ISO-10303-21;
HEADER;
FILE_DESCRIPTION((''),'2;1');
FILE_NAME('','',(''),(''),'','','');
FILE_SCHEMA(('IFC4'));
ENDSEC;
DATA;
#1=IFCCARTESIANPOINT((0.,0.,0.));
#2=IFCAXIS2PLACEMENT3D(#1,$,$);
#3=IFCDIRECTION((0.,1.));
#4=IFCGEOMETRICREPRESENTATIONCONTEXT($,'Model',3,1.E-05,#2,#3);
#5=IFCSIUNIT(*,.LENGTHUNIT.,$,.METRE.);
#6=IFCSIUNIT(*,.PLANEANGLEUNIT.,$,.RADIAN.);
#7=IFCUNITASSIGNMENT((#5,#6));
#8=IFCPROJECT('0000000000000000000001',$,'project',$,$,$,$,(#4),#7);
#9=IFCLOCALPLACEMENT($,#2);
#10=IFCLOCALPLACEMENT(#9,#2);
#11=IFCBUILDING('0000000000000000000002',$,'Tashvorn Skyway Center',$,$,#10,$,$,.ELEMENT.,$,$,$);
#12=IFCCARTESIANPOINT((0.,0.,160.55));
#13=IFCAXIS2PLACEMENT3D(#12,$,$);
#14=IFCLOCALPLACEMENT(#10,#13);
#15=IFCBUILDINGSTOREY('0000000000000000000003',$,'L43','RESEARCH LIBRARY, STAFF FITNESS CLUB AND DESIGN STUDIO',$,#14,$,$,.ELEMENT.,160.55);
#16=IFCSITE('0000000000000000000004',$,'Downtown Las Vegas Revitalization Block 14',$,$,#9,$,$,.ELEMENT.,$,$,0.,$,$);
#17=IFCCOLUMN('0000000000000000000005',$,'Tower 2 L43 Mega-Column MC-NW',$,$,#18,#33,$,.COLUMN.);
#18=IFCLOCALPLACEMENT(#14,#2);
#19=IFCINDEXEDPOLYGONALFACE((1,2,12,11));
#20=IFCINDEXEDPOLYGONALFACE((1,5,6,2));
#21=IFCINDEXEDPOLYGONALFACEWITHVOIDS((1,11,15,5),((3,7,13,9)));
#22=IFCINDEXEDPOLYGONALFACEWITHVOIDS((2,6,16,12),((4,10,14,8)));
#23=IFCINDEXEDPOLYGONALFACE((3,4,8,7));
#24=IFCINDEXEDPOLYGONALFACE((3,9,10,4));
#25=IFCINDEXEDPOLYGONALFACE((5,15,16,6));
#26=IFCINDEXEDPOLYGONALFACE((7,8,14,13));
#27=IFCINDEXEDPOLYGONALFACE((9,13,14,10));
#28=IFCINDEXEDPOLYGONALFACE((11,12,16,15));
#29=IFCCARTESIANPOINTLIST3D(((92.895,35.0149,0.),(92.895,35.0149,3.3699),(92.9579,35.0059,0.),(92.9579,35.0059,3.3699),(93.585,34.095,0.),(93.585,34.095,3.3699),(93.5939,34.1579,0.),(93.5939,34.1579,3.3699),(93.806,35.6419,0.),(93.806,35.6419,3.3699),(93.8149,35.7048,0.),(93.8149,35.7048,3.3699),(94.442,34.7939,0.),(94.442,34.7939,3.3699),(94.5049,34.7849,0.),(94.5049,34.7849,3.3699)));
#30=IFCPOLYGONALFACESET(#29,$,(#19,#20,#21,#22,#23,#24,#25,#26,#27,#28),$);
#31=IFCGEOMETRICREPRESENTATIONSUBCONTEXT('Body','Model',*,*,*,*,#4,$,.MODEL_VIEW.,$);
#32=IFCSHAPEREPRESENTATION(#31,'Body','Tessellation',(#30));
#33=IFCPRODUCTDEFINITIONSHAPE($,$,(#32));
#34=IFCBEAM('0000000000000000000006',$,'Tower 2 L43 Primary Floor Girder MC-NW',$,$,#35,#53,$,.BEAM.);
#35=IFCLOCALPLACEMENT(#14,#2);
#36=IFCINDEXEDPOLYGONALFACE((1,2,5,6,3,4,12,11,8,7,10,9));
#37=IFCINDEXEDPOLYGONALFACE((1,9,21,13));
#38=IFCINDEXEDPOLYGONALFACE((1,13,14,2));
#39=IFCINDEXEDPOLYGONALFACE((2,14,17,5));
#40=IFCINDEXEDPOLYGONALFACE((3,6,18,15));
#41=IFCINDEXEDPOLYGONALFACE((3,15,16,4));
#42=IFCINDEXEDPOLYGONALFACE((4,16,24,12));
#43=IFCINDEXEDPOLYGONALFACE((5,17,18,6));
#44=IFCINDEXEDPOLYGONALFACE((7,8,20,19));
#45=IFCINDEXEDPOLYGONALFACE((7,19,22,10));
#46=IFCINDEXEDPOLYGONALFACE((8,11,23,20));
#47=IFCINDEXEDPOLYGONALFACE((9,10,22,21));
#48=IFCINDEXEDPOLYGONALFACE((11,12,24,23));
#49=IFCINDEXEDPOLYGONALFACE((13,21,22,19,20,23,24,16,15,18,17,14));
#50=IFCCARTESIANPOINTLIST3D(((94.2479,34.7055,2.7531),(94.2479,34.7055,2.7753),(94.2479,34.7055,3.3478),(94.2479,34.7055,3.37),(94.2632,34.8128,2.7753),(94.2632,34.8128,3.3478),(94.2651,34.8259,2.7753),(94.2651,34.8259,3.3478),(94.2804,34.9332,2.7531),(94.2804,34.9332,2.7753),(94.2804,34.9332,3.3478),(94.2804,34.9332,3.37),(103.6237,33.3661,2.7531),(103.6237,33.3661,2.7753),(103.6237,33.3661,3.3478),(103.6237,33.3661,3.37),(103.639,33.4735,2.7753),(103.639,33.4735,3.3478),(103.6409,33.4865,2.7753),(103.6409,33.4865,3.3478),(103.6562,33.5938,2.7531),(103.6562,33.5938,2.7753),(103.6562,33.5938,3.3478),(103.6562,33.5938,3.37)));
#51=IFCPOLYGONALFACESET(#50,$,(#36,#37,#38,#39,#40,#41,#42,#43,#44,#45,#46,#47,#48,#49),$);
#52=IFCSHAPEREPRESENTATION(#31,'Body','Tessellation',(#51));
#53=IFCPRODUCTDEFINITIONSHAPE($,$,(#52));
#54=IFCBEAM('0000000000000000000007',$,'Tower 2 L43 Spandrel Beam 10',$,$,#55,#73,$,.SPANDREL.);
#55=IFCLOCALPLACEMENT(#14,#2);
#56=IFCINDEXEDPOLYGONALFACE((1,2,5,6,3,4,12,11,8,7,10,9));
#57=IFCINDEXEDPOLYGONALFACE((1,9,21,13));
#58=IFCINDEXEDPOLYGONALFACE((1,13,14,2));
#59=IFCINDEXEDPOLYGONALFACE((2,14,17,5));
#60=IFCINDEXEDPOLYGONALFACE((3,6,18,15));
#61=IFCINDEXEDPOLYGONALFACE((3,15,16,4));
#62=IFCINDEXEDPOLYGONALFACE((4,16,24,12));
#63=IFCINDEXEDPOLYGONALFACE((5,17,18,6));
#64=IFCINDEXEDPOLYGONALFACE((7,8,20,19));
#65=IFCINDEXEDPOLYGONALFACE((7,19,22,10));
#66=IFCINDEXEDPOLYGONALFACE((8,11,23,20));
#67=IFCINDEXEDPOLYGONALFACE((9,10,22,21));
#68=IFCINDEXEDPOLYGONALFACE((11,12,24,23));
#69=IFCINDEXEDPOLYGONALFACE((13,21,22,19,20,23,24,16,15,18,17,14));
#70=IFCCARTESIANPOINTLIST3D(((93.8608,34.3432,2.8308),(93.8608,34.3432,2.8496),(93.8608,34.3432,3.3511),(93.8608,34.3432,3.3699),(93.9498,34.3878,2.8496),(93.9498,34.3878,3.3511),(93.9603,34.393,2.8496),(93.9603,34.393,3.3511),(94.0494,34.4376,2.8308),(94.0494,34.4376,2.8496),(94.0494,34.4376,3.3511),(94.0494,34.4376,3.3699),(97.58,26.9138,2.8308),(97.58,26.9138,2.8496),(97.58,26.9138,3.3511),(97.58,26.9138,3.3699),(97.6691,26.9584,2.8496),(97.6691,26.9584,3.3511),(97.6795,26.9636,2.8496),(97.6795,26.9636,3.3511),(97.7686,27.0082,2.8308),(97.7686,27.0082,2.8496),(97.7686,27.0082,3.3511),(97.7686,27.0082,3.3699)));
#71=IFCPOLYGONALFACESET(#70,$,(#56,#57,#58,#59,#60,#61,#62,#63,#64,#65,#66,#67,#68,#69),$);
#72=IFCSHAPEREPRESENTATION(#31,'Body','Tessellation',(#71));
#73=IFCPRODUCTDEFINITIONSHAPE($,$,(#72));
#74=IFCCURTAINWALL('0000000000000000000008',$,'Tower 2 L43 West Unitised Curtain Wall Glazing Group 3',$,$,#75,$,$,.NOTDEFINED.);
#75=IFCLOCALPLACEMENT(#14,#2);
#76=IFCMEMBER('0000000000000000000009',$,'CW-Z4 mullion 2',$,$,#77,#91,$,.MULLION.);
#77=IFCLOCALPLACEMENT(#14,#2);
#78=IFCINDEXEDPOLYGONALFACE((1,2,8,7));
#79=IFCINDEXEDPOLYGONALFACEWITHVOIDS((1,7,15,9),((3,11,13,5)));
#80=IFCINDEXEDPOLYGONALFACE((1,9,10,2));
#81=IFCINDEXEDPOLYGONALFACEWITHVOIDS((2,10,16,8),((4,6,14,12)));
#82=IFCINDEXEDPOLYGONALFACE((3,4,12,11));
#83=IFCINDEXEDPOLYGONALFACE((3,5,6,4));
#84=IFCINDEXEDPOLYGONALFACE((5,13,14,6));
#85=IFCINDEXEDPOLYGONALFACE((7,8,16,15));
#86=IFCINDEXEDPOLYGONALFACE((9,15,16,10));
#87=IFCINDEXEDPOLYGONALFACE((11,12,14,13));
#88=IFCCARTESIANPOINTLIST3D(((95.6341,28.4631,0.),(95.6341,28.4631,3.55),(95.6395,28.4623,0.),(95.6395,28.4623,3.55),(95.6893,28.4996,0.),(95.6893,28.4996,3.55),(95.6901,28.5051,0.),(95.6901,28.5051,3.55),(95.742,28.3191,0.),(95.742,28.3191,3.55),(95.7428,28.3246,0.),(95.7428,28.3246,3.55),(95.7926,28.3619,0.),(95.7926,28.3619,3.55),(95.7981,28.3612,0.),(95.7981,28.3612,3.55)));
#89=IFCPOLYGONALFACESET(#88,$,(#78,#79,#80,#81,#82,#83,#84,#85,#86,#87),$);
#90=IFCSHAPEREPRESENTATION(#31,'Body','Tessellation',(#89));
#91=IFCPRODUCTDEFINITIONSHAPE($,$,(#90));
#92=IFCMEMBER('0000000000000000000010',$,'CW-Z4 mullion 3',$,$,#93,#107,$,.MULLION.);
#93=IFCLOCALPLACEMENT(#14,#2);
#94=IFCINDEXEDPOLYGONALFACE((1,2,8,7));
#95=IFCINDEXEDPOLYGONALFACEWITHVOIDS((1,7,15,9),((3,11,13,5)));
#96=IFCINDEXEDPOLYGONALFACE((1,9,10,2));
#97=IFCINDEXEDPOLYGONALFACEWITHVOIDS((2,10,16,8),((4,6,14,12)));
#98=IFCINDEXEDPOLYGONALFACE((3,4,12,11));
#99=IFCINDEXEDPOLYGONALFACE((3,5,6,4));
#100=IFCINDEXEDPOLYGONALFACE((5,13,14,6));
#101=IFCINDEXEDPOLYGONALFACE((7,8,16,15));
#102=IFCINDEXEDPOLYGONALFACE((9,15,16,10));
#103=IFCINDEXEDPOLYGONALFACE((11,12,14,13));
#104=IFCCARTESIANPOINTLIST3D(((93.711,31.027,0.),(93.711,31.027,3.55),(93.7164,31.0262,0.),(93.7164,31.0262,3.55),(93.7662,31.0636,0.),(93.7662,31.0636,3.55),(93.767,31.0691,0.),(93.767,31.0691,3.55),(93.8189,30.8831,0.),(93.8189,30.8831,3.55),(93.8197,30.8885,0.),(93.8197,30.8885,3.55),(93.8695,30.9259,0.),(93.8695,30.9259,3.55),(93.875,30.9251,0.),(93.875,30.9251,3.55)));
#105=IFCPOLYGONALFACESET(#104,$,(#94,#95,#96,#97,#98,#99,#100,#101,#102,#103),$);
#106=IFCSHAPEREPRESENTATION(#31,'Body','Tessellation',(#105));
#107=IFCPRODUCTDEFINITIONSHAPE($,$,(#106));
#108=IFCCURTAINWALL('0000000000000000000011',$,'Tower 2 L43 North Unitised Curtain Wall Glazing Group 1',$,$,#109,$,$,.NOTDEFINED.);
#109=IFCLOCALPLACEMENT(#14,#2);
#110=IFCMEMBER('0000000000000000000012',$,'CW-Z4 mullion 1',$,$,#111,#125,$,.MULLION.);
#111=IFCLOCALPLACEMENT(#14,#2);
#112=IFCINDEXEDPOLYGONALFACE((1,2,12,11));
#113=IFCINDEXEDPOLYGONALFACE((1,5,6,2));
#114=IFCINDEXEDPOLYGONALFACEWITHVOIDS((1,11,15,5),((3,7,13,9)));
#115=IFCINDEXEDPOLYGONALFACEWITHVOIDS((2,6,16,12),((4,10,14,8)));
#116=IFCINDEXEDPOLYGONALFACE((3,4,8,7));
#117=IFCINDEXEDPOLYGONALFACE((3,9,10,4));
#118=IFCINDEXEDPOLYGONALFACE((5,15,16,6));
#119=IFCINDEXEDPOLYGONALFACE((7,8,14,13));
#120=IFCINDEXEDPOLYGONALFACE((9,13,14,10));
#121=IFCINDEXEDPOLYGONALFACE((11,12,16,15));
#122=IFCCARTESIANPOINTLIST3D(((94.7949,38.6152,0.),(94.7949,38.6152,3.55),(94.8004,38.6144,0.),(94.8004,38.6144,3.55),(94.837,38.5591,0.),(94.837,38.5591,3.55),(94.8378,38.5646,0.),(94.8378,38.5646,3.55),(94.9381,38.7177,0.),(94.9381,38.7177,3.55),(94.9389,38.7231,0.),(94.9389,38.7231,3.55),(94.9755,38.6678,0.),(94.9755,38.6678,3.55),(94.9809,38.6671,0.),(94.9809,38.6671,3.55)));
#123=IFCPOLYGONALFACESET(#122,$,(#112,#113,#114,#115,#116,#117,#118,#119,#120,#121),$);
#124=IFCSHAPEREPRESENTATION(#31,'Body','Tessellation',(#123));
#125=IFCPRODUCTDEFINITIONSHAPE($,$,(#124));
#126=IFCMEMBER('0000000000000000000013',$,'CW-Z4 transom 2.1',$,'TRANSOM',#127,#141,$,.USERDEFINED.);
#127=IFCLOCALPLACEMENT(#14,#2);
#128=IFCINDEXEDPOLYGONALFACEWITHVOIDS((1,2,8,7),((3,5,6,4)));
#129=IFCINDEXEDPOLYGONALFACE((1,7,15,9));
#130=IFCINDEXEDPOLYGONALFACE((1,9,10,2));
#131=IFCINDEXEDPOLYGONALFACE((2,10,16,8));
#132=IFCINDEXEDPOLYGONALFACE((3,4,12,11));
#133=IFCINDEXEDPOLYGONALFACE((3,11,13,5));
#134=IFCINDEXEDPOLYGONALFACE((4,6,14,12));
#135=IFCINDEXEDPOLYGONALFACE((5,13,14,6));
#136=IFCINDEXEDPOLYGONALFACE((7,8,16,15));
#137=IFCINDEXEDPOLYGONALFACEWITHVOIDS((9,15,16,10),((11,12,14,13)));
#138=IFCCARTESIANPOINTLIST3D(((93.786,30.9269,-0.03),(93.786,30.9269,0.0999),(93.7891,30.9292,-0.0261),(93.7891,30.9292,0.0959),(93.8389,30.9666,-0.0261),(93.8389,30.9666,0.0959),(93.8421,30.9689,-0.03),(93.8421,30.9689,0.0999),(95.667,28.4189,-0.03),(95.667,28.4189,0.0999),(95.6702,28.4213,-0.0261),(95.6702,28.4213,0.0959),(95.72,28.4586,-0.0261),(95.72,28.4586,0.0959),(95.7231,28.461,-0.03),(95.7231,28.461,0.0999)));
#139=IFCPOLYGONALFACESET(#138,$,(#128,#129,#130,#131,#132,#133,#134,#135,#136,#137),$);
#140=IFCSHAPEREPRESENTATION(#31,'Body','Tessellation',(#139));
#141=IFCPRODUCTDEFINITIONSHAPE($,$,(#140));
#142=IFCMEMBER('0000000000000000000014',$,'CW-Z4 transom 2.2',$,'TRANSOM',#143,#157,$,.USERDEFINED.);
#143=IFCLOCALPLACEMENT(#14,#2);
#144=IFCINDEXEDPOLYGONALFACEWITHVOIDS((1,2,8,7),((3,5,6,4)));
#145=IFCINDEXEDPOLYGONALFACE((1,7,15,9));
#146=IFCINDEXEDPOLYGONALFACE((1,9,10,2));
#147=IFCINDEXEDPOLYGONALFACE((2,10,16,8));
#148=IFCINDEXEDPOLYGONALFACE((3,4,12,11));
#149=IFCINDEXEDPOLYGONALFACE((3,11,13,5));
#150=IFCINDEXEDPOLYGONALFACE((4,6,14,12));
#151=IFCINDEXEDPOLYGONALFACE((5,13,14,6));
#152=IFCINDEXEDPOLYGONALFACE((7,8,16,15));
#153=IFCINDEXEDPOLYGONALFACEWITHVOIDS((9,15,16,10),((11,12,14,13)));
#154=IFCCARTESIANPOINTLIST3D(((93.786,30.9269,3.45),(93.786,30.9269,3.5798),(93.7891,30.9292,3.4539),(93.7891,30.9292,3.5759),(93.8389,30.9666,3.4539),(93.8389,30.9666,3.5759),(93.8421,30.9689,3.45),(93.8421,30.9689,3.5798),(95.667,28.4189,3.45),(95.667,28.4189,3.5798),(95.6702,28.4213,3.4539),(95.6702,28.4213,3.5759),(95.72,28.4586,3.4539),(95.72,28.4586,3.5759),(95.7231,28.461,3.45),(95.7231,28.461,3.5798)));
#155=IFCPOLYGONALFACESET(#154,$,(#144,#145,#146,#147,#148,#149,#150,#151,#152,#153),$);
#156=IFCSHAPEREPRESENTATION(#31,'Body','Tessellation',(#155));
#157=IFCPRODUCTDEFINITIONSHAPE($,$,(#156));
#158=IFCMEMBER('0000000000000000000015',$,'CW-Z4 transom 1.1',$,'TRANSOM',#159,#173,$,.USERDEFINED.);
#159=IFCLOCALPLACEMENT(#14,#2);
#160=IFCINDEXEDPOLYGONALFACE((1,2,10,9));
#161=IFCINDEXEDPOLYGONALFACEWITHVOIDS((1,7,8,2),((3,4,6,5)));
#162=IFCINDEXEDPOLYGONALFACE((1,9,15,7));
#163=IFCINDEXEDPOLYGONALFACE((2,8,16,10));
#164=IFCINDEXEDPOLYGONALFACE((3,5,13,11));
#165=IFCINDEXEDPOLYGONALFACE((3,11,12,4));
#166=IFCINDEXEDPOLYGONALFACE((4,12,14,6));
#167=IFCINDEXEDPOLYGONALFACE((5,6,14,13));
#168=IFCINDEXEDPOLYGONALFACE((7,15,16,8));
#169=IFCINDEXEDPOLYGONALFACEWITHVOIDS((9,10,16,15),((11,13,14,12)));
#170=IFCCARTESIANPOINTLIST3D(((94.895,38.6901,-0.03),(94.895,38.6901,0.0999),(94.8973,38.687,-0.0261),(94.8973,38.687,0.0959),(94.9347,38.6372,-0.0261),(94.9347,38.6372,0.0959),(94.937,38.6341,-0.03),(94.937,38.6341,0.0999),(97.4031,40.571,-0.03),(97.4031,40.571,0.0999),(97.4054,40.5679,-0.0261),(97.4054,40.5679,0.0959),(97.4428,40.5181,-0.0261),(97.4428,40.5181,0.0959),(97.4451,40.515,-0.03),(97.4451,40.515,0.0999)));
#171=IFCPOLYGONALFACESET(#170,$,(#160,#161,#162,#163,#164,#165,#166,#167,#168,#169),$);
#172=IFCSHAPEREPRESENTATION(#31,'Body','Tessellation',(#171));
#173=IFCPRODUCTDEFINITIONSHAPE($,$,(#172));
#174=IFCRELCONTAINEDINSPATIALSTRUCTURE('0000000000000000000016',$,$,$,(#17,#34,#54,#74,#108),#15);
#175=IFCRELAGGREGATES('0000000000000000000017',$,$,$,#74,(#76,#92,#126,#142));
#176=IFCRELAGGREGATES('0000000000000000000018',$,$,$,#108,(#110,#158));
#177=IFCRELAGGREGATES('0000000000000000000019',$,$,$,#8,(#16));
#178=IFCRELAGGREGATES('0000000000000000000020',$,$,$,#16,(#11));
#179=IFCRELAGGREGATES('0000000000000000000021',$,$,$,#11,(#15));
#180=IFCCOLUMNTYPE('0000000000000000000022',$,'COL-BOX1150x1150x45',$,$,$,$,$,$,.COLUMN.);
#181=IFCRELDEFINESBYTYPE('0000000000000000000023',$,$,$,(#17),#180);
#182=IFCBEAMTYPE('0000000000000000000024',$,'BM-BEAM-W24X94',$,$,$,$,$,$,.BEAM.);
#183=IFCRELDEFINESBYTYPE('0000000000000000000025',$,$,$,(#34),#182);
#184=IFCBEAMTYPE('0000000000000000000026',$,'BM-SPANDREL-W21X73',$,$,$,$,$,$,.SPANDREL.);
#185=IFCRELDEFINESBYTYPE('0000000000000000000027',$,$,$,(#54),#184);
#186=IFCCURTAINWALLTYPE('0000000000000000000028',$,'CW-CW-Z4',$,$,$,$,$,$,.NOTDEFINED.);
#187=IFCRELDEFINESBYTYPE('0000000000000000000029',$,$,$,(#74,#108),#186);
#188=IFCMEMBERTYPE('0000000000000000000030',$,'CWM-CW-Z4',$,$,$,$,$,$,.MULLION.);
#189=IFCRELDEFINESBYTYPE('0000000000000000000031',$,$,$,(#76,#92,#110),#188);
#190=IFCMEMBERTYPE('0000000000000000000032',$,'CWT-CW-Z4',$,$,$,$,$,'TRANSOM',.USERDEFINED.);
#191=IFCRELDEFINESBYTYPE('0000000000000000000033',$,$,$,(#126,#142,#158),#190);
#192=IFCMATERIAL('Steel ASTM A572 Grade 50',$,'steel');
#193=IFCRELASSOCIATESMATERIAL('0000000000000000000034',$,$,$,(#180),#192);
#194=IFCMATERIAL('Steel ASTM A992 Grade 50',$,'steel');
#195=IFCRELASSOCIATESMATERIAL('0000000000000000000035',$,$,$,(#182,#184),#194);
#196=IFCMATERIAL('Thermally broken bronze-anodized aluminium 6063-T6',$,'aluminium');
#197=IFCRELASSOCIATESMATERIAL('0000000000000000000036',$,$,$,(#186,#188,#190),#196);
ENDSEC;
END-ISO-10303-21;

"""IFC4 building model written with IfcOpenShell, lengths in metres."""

from ifc_helpers import new_model, si_unit, direction, frame, origin, origin_2d, place, context, subcontext, project, spatial, hollow_rectangle, i_section, extrude, material, material_profile, profile_set, type_object, element, aggregate, save


model = new_model("IFC4")

# Units and contexts
model_context = context("Model", 3, precision=1e-05, world=origin(), true_north=direction((0.0, 1.0)))
body_context = subcontext(model_context, "Body", "Model", "MODEL_VIEW")
ifc_project = project(units=[si_unit("LENGTHUNIT", "METRE"), si_unit("PLANEANGLEUNIT", "RADIAN")], contexts=[model_context])

# Site, building, storey
site_placement = place(None, origin())
site = spatial("IfcSite", under=ifc_project, at=site_placement, Name="Downtown Las Vegas Revitalization Block 14", CompositionType="ELEMENT", RefElevation=0.0)
building_placement = place(site_placement, origin())
building = spatial("IfcBuilding", under=site, at=building_placement, Name="Tashvorn Skyway Center", CompositionType="ELEMENT")
storey_placement = place(building_placement, frame((0.0, 0.0, 160.55)))
storey = spatial("IfcBuildingStorey", under=building, at=storey_placement, Name="L43", Description="RESEARCH LIBRARY, STAFF FITNESS CLUB AND DESIGN STUDIO", CompositionType="ELEMENT", Elevation=160.55)

# Column
ifc_material_1 = material(Name="Steel ASTM A572 Grade 50", Category="steel")
ifc_material_profile_1 = material_profile(ifc_material_1, hollow_rectangle(XDim=1.1499, YDim=1.1499, WallThickness=0.0449, at=origin_2d()), Name="BOX1150x1150x45")
ifc_profile_set_1 = profile_set([ifc_material_profile_1], Name="Steel ASTM A572 Grade 50")
column_type = type_object("IfcColumnType", Name="COL-BOX1150x1150x45", PredefinedType="COLUMN", material=ifc_profile_set_1)
column_placement = place(storey_placement, frame((93.7, 34.8999, 0.0), z_axis=(0.0, 0.0, 1.0), x_axis=(0.8, 0.6, 0.0)))
element("IfcColumn", 1, at=column_placement, inside=storey, type_object=column_type, Name="Tower 2 L43 Mega-Column MC-NW", PredefinedType="COLUMN", context=body_context, shape_type="SweptSolid", body=[
    extrude(hollow_rectangle(XDim=1.1499, YDim=1.1499, WallThickness=0.0449, at=origin_2d()), origin(), (0.0, 0.0, 1.0), 3.3699),
])

# Beams
ifc_material_2 = material(Name="Steel ASTM A992 Grade 50", Category="steel")
ifc_material_profile_2 = material_profile(ifc_material_2, i_section(OverallWidth=0.23, OverallDepth=0.6169, WebThickness=0.0132, FlangeThickness=0.0222, at=origin_2d()), Name="W24X94")
ifc_profile_set_2 = profile_set([ifc_material_profile_2], Name="Steel ASTM A992 Grade 50")
beam_type_1 = type_object("IfcBeamType", Name="BM-BEAM-W24X94", PredefinedType="BEAM", material=ifc_profile_set_2)
beam_1_placement = place(storey_placement, frame((94.2642, 34.8193, 3.0615), z_axis=(0.98995, -0.141418, 0.0), x_axis=(0.141418, 0.98995, 0.0)))
element("IfcBeam", 2, at=beam_1_placement, inside=storey, type_object=beam_type_1, Name="Tower 2 L43 Primary Floor Girder MC-NW", PredefinedType="BEAM", context=body_context, shape_type="SweptSolid", body=[
    extrude(i_section(OverallWidth=0.23, OverallDepth=0.6169, WebThickness=0.0132, FlangeThickness=0.0222, at=origin_2d()), origin(), (0.0, 0.0, 1.0), 9.4709),
])
ifc_material_profile_3 = material_profile(ifc_material_2, i_section(OverallWidth=0.2109, OverallDepth=0.5391, WebThickness=0.0117, FlangeThickness=0.0188, at=origin_2d()), Name="W21X73")
ifc_profile_set_3 = profile_set([ifc_material_profile_3], Name="Steel ASTM A992 Grade 50")
beam_type_2 = type_object("IfcBeamType", Name="BM-SPANDREL-W21X73", PredefinedType="SPANDREL", material=ifc_profile_set_3)
beam_2_placement = place(storey_placement, frame((93.9551, 34.3904, 3.1003), z_axis=(0.447648, -0.89421, 0.0), x_axis=(0.89421, 0.447648, 0.0)))
element("IfcBeam", 3, at=beam_2_placement, inside=storey, type_object=beam_type_2, Name="Tower 2 L43 Spandrel Beam 10", PredefinedType="SPANDREL", context=body_context, shape_type="SweptSolid", body=[
    extrude(i_section(OverallWidth=0.2109, OverallDepth=0.5391, WebThickness=0.0117, FlangeThickness=0.0188, at=origin_2d()), origin(), (0.0, 0.0, 1.0), 8.3083),
])

# Curtain wall, members
ifc_material_3 = material(Name="Thermally broken bronze-anodized aluminium 6063-T6", Category="aluminium")
curtain_wall_type = type_object("IfcCurtainWallType", Name="CW-CW-Z4", PredefinedType="NOTDEFINED", material=ifc_material_3)
curtain_wall_1_placement = place(storey_placement, origin())
curtain_wall_1 = element("IfcCurtainWall", 4, at=curtain_wall_1_placement, inside=storey, type_object=curtain_wall_type, Name="Tower 2 L43 West Unitised Curtain Wall Glazing Group 3", PredefinedType="NOTDEFINED")
ifc_material_profile_4 = material_profile(ifc_material_3, hollow_rectangle(XDim=0.0701, YDim=0.1799, WallThickness=0.0039, at=origin_2d()), Name="ALU-MULL-70x180")
ifc_profile_set_4 = profile_set([ifc_material_profile_4], Name="Thermally broken bronze-anodized aluminium 6063-T6")
member_type_1 = type_object("IfcMemberType", Name="CWM-CW-Z4", PredefinedType="MULLION", material=ifc_profile_set_4)
member_1_placement = place(storey_placement, frame((95.7161, 28.4121, 0.0), z_axis=(0.0, 0.0, 1.0), x_axis=(-0.8, -0.6, 0.0)))
member_1 = element("IfcMember", 5, at=member_1_placement, type_object=member_type_1, Name="CW-Z4 mullion 2", PredefinedType="MULLION", context=body_context, shape_type="SweptSolid", body=[
    extrude(hollow_rectangle(XDim=0.0701, YDim=0.1799, WallThickness=0.0039, at=origin_2d()), origin(), (0.0, 0.0, 1.0), 3.55),
])
member_2_placement = place(storey_placement, frame((93.793, 30.9761, 0.0), z_axis=(0.0, 0.0, 1.0), x_axis=(-0.8, -0.6, 0.0)))
member_2 = element("IfcMember", 6, at=member_2_placement, type_object=member_type_1, Name="CW-Z4 mullion 3", PredefinedType="MULLION", context=body_context, shape_type="SweptSolid", body=[
    extrude(hollow_rectangle(XDim=0.0701, YDim=0.1799, WallThickness=0.0039, at=origin_2d()), origin(), (0.0, 0.0, 1.0), 3.55),
])

# Curtain wall, member
curtain_wall_2_placement = place(storey_placement, origin())
curtain_wall_2 = element("IfcCurtainWall", 7, at=curtain_wall_2_placement, inside=storey, type_object=curtain_wall_type, Name="Tower 2 L43 North Unitised Curtain Wall Glazing Group 1", PredefinedType="NOTDEFINED")
member_3_placement = place(storey_placement, frame((94.8879, 38.6411, 0.0), z_axis=(0.0, 0.0, 1.0), x_axis=(-0.6, 0.8, 0.0)))
member_3 = element("IfcMember", 8, at=member_3_placement, type_object=member_type_1, Name="CW-Z4 mullion 1", PredefinedType="MULLION", context=body_context, shape_type="SweptSolid", body=[
    extrude(hollow_rectangle(XDim=0.0701, YDim=0.1799, WallThickness=0.0039, at=origin_2d()), origin(), (0.0, 0.0, 1.0), 3.55),
])

# Members
ifc_material_profile_5 = material_profile(ifc_material_3, hollow_rectangle(XDim=0.0701, YDim=0.1299, WallThickness=0.0039, at=origin_2d()), Name="ALU-TRAN-70x130")
ifc_profile_set_5 = profile_set([ifc_material_profile_5], Name="Thermally broken bronze-anodized aluminium 6063-T6")
member_type_2 = type_object("IfcMemberType", Name="CWT-CW-Z4", ElementType="TRANSOM", PredefinedType="USERDEFINED", material=ifc_profile_set_5)
member_4_placement = place(storey_placement, frame((95.6951, 28.4399, 0.0349), z_axis=(-0.600012, 0.799991, 0.0), x_axis=(-0.799991, -0.600012, 0.0)))
member_4 = element("IfcMember", 9, at=member_4_placement, type_object=member_type_2, Name="CW-Z4 transom 2.1", ObjectType="TRANSOM", PredefinedType="USERDEFINED", context=body_context, shape_type="SweptSolid", body=[
    extrude(hollow_rectangle(XDim=0.0701, YDim=0.1299, WallThickness=0.0039, at=origin_2d()), origin(), (0.0, 0.0, 1.0), 3.135),
])
member_5_placement = place(storey_placement, frame((95.6951, 28.4399, 3.5149), z_axis=(-0.600012, 0.799991, 0.0), x_axis=(-0.799991, -0.600012, 0.0)))
member_5 = element("IfcMember", 10, at=member_5_placement, type_object=member_type_2, Name="CW-Z4 transom 2.2", ObjectType="TRANSOM", PredefinedType="USERDEFINED", context=body_context, shape_type="SweptSolid", body=[
    extrude(hollow_rectangle(XDim=0.0701, YDim=0.1299, WallThickness=0.0039, at=origin_2d()), origin(), (0.0, 0.0, 1.0), 3.135),
])
member_6_placement = place(storey_placement, frame((94.916, 38.6621, 0.0349), z_axis=(0.800028, 0.599963, 0.0), x_axis=(-0.599963, 0.800028, 0.0)))
member_6 = element("IfcMember", 11, at=member_6_placement, type_object=member_type_2, Name="CW-Z4 transom 1.1", ObjectType="TRANSOM", PredefinedType="USERDEFINED", context=body_context, shape_type="SweptSolid", body=[
    extrude(hollow_rectangle(XDim=0.0701, YDim=0.1299, WallThickness=0.0039, at=origin_2d()), origin(), (0.0, 0.0, 1.0), 3.135),
])

aggregate(curtain_wall_1, [member_1, member_2, member_4, member_5])
aggregate(curtain_wall_2, [member_3, member_6])

save(model, "model.ifc")
